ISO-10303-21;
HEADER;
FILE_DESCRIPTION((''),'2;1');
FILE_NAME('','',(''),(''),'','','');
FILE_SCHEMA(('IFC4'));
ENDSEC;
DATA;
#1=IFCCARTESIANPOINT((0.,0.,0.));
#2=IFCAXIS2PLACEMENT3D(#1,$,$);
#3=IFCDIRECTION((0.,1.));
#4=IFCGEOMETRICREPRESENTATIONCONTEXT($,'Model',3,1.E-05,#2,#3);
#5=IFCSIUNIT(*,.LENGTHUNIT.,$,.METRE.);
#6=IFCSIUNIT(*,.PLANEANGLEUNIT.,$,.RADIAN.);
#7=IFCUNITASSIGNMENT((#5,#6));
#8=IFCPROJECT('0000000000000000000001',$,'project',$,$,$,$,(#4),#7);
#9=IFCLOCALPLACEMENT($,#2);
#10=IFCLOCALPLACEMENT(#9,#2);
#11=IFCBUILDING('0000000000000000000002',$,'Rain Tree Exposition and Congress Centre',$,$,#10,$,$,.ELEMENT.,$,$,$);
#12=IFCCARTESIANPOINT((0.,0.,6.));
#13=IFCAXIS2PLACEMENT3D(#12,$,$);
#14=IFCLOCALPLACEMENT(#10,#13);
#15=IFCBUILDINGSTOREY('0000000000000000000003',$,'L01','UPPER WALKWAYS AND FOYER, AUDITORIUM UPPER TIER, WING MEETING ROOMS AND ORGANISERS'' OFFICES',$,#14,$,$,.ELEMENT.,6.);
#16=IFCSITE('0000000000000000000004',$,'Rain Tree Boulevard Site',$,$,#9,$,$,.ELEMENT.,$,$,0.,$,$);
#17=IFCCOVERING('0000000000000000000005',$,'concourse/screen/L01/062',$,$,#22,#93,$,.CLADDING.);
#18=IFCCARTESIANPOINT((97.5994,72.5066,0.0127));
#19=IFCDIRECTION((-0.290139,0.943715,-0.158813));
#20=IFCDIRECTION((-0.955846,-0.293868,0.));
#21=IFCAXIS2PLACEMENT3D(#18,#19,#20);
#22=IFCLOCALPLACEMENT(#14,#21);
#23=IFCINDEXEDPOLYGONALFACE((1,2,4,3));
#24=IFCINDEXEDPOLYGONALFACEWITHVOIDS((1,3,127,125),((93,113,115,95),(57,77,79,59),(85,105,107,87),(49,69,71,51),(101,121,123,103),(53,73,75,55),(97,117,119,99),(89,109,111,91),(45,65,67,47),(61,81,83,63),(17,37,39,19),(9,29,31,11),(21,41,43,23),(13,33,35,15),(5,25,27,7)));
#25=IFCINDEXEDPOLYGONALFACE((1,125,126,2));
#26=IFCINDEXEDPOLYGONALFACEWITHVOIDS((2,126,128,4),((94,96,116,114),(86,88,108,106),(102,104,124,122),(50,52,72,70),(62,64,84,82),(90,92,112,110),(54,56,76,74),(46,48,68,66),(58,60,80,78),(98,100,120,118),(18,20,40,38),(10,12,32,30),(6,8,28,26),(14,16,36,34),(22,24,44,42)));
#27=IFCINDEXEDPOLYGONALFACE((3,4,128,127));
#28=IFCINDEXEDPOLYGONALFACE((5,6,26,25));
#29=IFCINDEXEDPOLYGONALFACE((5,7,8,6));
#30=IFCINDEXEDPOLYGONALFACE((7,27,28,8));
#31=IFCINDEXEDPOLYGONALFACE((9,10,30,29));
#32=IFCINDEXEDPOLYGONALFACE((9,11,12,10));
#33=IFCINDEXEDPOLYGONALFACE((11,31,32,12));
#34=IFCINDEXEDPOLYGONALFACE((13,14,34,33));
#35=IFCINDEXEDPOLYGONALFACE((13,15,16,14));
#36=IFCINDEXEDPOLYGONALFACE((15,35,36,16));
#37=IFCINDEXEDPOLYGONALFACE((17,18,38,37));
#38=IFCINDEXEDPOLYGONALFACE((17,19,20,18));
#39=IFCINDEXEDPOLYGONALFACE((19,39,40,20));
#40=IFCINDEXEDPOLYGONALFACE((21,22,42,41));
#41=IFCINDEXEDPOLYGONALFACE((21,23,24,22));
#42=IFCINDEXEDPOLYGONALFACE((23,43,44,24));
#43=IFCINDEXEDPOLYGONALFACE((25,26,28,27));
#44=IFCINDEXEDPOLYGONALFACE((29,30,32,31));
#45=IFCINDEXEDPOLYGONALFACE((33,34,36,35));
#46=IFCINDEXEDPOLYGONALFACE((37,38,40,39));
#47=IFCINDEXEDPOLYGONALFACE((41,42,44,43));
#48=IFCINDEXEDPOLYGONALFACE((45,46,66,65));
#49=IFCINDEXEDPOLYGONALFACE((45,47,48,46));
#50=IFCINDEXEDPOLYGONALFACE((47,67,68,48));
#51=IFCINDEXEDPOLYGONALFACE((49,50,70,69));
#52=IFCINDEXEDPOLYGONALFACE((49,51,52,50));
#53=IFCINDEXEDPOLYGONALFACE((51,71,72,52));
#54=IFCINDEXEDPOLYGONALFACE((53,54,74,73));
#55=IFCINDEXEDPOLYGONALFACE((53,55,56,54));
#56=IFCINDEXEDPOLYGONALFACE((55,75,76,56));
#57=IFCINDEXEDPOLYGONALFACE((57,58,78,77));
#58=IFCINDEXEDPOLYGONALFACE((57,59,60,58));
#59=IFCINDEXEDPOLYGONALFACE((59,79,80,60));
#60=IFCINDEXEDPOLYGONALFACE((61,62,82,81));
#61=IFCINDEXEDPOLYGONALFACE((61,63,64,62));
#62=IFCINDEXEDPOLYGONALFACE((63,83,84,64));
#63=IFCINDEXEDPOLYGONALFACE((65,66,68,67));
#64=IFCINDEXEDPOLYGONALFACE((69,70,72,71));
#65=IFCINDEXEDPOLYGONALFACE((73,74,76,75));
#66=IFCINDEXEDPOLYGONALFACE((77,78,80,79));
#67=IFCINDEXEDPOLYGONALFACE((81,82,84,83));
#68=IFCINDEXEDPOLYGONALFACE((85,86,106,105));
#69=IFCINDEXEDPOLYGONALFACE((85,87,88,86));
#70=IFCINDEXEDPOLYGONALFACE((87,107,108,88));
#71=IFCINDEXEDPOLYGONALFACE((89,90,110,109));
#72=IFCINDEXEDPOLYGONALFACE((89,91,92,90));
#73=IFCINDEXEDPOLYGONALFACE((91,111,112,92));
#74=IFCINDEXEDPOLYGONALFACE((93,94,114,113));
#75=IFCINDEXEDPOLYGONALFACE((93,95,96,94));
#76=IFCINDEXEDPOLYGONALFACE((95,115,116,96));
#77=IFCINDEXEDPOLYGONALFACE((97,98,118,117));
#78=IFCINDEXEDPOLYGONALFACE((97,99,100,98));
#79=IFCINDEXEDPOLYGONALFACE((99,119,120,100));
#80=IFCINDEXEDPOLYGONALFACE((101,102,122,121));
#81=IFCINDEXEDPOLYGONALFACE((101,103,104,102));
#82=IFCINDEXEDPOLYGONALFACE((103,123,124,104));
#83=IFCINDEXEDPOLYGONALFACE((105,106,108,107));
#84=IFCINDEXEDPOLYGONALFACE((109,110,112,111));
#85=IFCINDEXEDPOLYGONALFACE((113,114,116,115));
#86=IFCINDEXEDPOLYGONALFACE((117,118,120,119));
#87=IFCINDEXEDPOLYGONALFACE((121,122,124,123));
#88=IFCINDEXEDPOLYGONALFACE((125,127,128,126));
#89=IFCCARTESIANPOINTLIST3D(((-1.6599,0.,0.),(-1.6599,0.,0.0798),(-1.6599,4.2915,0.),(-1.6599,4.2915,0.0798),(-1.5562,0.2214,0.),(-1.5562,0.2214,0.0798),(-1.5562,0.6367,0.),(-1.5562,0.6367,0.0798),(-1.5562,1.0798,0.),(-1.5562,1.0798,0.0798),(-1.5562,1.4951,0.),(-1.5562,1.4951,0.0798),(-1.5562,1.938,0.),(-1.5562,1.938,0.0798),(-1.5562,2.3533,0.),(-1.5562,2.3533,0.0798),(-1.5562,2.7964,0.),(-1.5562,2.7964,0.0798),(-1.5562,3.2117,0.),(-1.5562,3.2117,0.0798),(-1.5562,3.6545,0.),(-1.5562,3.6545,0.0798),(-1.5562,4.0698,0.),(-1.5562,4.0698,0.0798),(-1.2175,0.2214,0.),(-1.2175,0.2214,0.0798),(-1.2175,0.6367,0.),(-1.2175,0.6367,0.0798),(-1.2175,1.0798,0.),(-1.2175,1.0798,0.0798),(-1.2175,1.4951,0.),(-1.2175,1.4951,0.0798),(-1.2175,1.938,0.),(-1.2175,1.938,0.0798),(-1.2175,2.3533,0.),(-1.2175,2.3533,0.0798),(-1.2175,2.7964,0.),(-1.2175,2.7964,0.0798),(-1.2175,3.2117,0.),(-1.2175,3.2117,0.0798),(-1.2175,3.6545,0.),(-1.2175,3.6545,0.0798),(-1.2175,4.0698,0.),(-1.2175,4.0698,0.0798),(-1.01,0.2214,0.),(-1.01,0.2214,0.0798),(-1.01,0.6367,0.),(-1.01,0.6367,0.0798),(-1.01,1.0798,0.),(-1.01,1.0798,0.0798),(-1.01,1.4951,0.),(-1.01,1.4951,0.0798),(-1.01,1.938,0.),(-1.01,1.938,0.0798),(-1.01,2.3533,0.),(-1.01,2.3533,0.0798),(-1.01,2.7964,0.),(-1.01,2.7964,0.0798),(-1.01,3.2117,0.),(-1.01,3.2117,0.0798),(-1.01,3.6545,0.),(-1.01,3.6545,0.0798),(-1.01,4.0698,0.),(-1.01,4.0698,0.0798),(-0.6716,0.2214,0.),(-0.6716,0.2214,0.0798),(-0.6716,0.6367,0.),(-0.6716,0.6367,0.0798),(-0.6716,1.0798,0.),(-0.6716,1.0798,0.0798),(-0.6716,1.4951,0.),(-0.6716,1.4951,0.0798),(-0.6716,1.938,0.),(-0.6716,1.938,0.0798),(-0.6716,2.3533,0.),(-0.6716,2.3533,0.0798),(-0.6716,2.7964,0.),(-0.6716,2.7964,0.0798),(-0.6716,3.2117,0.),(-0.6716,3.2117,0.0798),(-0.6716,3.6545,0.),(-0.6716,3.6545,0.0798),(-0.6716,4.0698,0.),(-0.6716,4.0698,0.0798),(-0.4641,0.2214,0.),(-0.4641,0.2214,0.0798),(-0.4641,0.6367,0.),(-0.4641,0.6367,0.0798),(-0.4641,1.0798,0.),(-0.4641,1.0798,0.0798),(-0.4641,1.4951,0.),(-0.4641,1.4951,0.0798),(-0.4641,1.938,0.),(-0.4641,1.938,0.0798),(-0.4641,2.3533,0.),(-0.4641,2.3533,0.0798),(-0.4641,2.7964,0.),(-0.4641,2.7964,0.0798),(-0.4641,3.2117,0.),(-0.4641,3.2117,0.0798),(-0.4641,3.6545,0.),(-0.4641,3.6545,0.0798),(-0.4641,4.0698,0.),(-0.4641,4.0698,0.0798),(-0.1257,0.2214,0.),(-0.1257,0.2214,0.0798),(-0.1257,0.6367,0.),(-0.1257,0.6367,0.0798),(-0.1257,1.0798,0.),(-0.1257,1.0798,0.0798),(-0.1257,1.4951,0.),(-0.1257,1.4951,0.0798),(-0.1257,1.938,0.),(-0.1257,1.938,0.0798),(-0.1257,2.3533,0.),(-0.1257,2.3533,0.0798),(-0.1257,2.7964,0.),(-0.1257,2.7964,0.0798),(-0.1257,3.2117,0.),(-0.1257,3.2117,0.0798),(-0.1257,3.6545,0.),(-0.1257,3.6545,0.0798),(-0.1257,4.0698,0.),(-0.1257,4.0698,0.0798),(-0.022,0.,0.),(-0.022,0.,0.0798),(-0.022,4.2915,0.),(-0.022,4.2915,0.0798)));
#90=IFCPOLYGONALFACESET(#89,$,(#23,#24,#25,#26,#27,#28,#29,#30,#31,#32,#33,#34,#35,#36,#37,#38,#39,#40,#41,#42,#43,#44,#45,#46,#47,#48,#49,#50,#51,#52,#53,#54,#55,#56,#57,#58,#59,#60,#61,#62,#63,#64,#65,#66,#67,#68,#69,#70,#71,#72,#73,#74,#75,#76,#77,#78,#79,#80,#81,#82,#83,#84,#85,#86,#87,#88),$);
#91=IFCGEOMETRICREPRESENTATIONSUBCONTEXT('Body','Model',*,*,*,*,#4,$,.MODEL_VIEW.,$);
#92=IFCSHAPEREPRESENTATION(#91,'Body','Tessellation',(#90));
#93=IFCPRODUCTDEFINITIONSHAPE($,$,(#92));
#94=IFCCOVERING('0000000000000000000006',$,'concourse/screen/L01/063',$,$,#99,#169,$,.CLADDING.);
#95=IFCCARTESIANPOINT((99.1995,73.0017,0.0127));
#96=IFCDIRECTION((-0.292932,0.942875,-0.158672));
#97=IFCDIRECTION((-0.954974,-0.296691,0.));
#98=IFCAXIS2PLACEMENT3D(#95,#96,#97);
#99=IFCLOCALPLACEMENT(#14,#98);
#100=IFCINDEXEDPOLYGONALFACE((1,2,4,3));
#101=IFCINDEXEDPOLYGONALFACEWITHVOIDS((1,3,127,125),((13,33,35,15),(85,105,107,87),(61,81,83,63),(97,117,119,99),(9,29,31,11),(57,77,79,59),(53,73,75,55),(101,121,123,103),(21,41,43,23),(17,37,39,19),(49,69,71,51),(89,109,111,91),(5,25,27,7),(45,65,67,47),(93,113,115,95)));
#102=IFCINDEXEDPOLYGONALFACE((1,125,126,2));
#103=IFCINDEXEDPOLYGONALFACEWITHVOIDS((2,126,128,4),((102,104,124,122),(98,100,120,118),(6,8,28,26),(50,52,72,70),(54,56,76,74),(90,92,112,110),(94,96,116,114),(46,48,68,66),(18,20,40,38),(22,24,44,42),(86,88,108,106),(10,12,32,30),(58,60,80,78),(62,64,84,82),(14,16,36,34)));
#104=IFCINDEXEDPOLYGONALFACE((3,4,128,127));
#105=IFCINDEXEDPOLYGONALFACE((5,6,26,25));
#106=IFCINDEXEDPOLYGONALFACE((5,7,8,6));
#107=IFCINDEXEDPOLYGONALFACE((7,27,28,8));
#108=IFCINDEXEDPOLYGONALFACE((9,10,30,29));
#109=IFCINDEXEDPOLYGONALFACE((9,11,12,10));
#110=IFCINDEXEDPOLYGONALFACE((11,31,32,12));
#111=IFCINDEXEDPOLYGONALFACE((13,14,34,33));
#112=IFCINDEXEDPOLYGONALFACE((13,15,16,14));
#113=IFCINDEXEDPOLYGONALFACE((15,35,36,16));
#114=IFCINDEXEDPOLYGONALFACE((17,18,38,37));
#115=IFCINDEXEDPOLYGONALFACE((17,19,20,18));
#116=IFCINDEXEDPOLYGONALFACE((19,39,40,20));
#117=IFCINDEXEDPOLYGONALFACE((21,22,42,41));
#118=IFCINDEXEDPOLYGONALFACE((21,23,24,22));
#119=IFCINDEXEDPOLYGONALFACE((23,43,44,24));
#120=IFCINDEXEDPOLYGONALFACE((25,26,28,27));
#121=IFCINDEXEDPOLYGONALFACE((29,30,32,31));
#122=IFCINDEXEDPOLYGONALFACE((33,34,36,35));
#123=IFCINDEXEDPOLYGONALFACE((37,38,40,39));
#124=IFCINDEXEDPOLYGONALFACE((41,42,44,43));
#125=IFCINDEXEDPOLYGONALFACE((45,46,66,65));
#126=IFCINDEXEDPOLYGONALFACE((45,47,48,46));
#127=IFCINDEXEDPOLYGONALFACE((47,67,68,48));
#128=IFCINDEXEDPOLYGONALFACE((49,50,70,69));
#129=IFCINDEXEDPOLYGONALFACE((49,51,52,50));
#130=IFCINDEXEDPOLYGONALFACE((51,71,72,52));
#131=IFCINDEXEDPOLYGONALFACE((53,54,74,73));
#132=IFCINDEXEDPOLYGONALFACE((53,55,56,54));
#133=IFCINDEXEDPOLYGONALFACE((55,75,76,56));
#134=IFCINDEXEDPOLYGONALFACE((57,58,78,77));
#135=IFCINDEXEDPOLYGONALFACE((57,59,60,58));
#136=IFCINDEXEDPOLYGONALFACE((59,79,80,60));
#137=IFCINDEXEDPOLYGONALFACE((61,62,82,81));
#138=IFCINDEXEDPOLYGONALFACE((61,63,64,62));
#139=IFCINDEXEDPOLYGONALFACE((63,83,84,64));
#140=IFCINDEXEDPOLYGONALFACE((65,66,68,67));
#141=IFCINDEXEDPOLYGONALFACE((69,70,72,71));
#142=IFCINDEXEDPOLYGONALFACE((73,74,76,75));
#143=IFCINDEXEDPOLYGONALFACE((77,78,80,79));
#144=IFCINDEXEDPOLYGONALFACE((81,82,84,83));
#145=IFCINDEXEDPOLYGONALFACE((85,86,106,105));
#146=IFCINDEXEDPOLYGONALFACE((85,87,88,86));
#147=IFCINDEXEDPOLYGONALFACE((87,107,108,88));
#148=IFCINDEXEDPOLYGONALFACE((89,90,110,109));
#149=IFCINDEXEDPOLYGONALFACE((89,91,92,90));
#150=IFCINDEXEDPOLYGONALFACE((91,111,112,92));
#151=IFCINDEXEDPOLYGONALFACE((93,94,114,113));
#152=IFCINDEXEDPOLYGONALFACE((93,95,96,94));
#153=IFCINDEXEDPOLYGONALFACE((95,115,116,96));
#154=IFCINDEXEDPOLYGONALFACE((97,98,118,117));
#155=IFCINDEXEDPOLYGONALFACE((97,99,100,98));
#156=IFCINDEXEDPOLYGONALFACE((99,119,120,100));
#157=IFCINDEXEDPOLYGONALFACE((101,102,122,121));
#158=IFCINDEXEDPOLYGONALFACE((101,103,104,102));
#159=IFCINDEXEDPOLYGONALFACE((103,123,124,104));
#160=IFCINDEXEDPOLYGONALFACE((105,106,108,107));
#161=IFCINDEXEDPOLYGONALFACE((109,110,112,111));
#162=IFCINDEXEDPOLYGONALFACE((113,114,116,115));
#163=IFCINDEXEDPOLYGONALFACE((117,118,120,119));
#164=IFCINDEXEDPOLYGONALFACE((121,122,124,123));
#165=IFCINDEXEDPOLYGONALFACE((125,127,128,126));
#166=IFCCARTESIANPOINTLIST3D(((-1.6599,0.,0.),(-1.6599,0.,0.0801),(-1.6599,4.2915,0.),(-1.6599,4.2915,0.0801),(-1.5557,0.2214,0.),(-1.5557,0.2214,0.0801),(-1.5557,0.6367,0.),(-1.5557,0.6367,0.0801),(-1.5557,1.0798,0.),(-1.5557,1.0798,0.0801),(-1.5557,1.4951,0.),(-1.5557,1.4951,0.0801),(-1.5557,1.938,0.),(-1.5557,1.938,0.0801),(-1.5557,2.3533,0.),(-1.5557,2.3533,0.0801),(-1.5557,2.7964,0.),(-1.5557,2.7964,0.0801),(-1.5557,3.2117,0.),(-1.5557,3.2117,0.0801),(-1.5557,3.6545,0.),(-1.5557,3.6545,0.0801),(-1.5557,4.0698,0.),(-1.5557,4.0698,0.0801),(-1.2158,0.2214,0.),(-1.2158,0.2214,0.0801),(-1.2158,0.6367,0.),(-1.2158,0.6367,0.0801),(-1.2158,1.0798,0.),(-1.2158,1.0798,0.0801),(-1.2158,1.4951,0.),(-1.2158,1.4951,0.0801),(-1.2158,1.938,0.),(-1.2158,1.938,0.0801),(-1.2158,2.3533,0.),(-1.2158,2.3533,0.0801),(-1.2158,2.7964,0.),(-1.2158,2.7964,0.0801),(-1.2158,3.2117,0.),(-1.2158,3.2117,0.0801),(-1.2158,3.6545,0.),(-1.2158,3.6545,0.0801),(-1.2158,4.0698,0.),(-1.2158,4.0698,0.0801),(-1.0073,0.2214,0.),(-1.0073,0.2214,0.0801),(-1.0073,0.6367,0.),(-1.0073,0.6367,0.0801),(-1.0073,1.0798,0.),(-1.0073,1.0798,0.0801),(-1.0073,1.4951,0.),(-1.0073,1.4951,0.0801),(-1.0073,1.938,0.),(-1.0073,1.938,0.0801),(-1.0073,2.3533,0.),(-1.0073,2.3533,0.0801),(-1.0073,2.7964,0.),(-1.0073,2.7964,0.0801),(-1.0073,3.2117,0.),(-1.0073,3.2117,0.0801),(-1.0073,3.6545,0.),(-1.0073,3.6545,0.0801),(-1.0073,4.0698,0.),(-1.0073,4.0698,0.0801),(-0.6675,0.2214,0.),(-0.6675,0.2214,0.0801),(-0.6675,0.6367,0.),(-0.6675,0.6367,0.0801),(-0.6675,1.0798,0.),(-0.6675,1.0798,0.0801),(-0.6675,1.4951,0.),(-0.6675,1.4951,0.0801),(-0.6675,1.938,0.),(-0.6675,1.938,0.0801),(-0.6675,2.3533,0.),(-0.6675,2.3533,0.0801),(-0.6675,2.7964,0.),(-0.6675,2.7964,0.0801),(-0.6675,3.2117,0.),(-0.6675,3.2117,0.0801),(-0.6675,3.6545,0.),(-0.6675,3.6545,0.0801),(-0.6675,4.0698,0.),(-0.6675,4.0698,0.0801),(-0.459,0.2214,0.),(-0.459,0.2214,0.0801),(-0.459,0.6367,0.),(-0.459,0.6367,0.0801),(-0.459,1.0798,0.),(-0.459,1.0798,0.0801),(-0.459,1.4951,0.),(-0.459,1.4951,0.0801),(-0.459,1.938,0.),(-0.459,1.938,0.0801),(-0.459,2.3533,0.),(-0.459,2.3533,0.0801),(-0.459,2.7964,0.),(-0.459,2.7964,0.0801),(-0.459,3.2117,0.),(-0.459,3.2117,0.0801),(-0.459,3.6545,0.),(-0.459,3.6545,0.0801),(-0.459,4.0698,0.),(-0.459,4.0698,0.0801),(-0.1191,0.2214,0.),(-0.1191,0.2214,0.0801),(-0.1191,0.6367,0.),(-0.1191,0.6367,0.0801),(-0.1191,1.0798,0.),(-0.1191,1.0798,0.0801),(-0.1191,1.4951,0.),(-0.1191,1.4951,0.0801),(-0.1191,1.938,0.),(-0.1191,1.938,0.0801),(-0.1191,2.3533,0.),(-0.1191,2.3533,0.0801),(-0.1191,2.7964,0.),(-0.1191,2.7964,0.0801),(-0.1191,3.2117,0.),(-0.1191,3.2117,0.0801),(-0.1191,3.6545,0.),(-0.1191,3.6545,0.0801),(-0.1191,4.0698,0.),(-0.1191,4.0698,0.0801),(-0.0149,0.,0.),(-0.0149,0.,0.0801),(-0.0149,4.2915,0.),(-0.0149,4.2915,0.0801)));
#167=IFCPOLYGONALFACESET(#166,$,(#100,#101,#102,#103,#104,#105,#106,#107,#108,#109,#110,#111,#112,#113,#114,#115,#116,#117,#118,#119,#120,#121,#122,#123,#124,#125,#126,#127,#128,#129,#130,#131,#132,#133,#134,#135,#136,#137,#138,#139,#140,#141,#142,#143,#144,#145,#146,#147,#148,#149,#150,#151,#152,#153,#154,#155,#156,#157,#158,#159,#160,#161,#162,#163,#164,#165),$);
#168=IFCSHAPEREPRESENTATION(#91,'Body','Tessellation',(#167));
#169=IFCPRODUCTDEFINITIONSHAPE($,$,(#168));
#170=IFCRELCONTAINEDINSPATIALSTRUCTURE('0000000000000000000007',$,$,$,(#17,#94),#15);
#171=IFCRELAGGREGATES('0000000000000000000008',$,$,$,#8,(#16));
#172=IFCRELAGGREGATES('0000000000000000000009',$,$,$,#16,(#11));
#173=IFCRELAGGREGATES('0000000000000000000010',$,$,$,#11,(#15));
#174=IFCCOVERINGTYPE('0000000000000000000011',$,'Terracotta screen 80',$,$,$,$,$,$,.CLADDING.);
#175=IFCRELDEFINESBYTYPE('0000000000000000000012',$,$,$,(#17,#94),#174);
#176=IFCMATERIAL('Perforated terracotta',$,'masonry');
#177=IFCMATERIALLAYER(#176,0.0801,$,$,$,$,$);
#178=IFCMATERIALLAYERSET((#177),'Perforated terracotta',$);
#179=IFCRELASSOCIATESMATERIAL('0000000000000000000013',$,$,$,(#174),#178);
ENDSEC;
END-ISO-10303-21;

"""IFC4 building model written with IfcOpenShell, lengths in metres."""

from ifc_helpers import new_model, si_unit, direction, frame, origin, place, context, subcontext, project, spatial, polyline, outline, extrude, material, layer, layer_set, type_object, element, save


model = new_model("IFC4")

# Units and contexts
model_context = context("Model", 3, precision=1e-05, world=origin(), true_north=direction((0.0, 1.0)))
body_context = subcontext(model_context, "Body", "Model", "MODEL_VIEW")
ifc_project = project(units=[si_unit("LENGTHUNIT", "METRE"), si_unit("PLANEANGLEUNIT", "RADIAN")], contexts=[model_context])

# Site, building, storey
site_placement = place(None, origin())
site = spatial("IfcSite", under=ifc_project, at=site_placement, Name="Rain Tree Boulevard Site", CompositionType="ELEMENT", RefElevation=0.0)
building_placement = place(site_placement, origin())
building = spatial("IfcBuilding", under=site, at=building_placement, Name="Rain Tree Exposition and Congress Centre", CompositionType="ELEMENT")
storey_placement = place(building_placement, frame((0.0, 0.0, 6.0)))
storey = spatial("IfcBuildingStorey", under=building, at=storey_placement, Name="L01", Description="UPPER WALKWAYS AND FOYER, AUDITORIUM UPPER TIER, WING MEETING ROOMS AND ORGANISERS' OFFICES", CompositionType="ELEMENT", Elevation=6.0)

# Coverings
ifc_material_1 = material(Name="Perforated terracotta", Category="masonry")
ifc_layer = layer(ifc_material_1, 0.0801)
ifc_layer_set = layer_set([ifc_layer], Name="Perforated terracotta")
covering_type = type_object("IfcCoveringType", Name="Terracotta screen 80", PredefinedType="CLADDING", material=ifc_layer_set)
covering_1_placement = place(storey_placement, frame((97.5994, 72.5066, 0.0127), z_axis=(-0.290139, 0.943715, -0.158813), x_axis=(-0.955846, -0.293868, 0.0)))
element("IfcCovering", 1, at=covering_1_placement, inside=storey, type_object=covering_type, Name="concourse/screen/L01/062", PredefinedType="CLADDING", context=body_context, shape_type="SweptSolid", body=[
    extrude(outline(polyline([(-1.6599, 0.0), (-1.6599, 4.2915), (-0.022, 4.2915), (-0.022, 0.0), (-1.6599, 0.0)]), holes=[polyline([(-0.1257, 0.2214), (-0.1257, 0.6367), (-0.4641, 0.6367), (-0.4641, 0.2214), (-0.1257, 0.2214)]), polyline([(-0.1257, 1.0798), (-0.1257, 1.4951), (-0.4641, 1.4951), (-0.4641, 1.0798), (-0.1257, 1.0798)]), polyline([(-0.1257, 1.938), (-0.1257, 2.3533), (-0.4641, 2.3533), (-0.4641, 1.938), (-0.1257, 1.938)]), polyline([(-0.1257, 2.7964), (-0.1257, 3.2117), (-0.4641, 3.2117), (-0.4641, 2.7964), (-0.1257, 2.7964)]), polyline([(-0.1257, 3.6545), (-0.1257, 4.0698), (-0.4641, 4.0698), (-0.4641, 3.6545), (-0.1257, 3.6545)]), polyline([(-0.6716, 0.2214), (-0.6716, 0.6367), (-1.01, 0.6367), (-1.01, 0.2214), (-0.6716, 0.2214)]), polyline([(-0.6716, 1.0798), (-0.6716, 1.4951), (-1.01, 1.4951), (-1.01, 1.0798), (-0.6716, 1.0798)]), polyline([(-0.6716, 1.938), (-0.6716, 2.3533), (-1.01, 2.3533), (-1.01, 1.938), (-0.6716, 1.938)]), polyline([(-0.6716, 2.7964), (-0.6716, 3.2117), (-1.01, 3.2117), (-1.01, 2.7964), (-0.6716, 2.7964)]), polyline([(-0.6716, 3.6545), (-0.6716, 4.0698), (-1.01, 4.0698), (-1.01, 3.6545), (-0.6716, 3.6545)]), polyline([(-1.2175, 0.2214), (-1.2175, 0.6367), (-1.5562, 0.6367), (-1.5562, 0.2214), (-1.2175, 0.2214)]), polyline([(-1.2175, 1.0798), (-1.2175, 1.4951), (-1.5562, 1.4951), (-1.5562, 1.0798), (-1.2175, 1.0798)]), polyline([(-1.2175, 1.938), (-1.2175, 2.3533), (-1.5562, 2.3533), (-1.5562, 1.938), (-1.2175, 1.938)]), polyline([(-1.2175, 2.7964), (-1.2175, 3.2117), (-1.5562, 3.2117), (-1.5562, 2.7964), (-1.2175, 2.7964)]), polyline([(-1.2175, 3.6545), (-1.2175, 4.0698), (-1.5562, 4.0698), (-1.5562, 3.6545), (-1.2175, 3.6545)])]), origin(), (0.0, 0.0, 1.0), 0.0798),
])
covering_2_placement = place(storey_placement, frame((99.1995, 73.0017, 0.0127), z_axis=(-0.292932, 0.942875, -0.158672), x_axis=(-0.954974, -0.296691, 0.0)))
element("IfcCovering", 2, at=covering_2_placement, inside=storey, type_object=covering_type, Name="concourse/screen/L01/063", PredefinedType="CLADDING", context=body_context, shape_type="SweptSolid", body=[
    extrude(outline(polyline([(-1.6599, 0.0), (-1.6599, 4.2915), (-0.0149, 4.2915), (-0.0149, 0.0), (-1.6599, 0.0)]), holes=[polyline([(-0.1191, 0.2214), (-0.1191, 0.6367), (-0.459, 0.6367), (-0.459, 0.2214), (-0.1191, 0.2214)]), polyline([(-0.1191, 1.0798), (-0.1191, 1.4951), (-0.459, 1.4951), (-0.459, 1.0798), (-0.1191, 1.0798)]), polyline([(-0.1191, 1.938), (-0.1191, 2.3533), (-0.459, 2.3533), (-0.459, 1.938), (-0.1191, 1.938)]), polyline([(-0.1191, 2.7964), (-0.1191, 3.2117), (-0.459, 3.2117), (-0.459, 2.7964), (-0.1191, 2.7964)]), polyline([(-0.1191, 3.6545), (-0.1191, 4.0698), (-0.459, 4.0698), (-0.459, 3.6545), (-0.1191, 3.6545)]), polyline([(-0.6675, 0.2214), (-0.6675, 0.6367), (-1.0073, 0.6367), (-1.0073, 0.2214), (-0.6675, 0.2214)]), polyline([(-0.6675, 1.0798), (-0.6675, 1.4951), (-1.0073, 1.4951), (-1.0073, 1.0798), (-0.6675, 1.0798)]), polyline([(-0.6675, 1.938), (-0.6675, 2.3533), (-1.0073, 2.3533), (-1.0073, 1.938), (-0.6675, 1.938)]), polyline([(-0.6675, 2.7964), (-0.6675, 3.2117), (-1.0073, 3.2117), (-1.0073, 2.7964), (-0.6675, 2.7964)]), polyline([(-0.6675, 3.6545), (-0.6675, 4.0698), (-1.0073, 4.0698), (-1.0073, 3.6545), (-0.6675, 3.6545)]), polyline([(-1.2158, 0.2214), (-1.2158, 0.6367), (-1.5557, 0.6367), (-1.5557, 0.2214), (-1.2158, 0.2214)]), polyline([(-1.2158, 1.0798), (-1.2158, 1.4951), (-1.5557, 1.4951), (-1.5557, 1.0798), (-1.2158, 1.0798)]), polyline([(-1.2158, 1.938), (-1.2158, 2.3533), (-1.5557, 2.3533), (-1.5557, 1.938), (-1.2158, 1.938)]), polyline([(-1.2158, 2.7964), (-1.2158, 3.2117), (-1.5557, 3.2117), (-1.5557, 2.7964), (-1.2158, 2.7964)]), polyline([(-1.2158, 3.6545), (-1.2158, 4.0698), (-1.5557, 4.0698), (-1.5557, 3.6545), (-1.2158, 3.6545)])]), origin(), (0.0, 0.0, 1.0), 0.0801),
])

save(model, "model.ifc")
